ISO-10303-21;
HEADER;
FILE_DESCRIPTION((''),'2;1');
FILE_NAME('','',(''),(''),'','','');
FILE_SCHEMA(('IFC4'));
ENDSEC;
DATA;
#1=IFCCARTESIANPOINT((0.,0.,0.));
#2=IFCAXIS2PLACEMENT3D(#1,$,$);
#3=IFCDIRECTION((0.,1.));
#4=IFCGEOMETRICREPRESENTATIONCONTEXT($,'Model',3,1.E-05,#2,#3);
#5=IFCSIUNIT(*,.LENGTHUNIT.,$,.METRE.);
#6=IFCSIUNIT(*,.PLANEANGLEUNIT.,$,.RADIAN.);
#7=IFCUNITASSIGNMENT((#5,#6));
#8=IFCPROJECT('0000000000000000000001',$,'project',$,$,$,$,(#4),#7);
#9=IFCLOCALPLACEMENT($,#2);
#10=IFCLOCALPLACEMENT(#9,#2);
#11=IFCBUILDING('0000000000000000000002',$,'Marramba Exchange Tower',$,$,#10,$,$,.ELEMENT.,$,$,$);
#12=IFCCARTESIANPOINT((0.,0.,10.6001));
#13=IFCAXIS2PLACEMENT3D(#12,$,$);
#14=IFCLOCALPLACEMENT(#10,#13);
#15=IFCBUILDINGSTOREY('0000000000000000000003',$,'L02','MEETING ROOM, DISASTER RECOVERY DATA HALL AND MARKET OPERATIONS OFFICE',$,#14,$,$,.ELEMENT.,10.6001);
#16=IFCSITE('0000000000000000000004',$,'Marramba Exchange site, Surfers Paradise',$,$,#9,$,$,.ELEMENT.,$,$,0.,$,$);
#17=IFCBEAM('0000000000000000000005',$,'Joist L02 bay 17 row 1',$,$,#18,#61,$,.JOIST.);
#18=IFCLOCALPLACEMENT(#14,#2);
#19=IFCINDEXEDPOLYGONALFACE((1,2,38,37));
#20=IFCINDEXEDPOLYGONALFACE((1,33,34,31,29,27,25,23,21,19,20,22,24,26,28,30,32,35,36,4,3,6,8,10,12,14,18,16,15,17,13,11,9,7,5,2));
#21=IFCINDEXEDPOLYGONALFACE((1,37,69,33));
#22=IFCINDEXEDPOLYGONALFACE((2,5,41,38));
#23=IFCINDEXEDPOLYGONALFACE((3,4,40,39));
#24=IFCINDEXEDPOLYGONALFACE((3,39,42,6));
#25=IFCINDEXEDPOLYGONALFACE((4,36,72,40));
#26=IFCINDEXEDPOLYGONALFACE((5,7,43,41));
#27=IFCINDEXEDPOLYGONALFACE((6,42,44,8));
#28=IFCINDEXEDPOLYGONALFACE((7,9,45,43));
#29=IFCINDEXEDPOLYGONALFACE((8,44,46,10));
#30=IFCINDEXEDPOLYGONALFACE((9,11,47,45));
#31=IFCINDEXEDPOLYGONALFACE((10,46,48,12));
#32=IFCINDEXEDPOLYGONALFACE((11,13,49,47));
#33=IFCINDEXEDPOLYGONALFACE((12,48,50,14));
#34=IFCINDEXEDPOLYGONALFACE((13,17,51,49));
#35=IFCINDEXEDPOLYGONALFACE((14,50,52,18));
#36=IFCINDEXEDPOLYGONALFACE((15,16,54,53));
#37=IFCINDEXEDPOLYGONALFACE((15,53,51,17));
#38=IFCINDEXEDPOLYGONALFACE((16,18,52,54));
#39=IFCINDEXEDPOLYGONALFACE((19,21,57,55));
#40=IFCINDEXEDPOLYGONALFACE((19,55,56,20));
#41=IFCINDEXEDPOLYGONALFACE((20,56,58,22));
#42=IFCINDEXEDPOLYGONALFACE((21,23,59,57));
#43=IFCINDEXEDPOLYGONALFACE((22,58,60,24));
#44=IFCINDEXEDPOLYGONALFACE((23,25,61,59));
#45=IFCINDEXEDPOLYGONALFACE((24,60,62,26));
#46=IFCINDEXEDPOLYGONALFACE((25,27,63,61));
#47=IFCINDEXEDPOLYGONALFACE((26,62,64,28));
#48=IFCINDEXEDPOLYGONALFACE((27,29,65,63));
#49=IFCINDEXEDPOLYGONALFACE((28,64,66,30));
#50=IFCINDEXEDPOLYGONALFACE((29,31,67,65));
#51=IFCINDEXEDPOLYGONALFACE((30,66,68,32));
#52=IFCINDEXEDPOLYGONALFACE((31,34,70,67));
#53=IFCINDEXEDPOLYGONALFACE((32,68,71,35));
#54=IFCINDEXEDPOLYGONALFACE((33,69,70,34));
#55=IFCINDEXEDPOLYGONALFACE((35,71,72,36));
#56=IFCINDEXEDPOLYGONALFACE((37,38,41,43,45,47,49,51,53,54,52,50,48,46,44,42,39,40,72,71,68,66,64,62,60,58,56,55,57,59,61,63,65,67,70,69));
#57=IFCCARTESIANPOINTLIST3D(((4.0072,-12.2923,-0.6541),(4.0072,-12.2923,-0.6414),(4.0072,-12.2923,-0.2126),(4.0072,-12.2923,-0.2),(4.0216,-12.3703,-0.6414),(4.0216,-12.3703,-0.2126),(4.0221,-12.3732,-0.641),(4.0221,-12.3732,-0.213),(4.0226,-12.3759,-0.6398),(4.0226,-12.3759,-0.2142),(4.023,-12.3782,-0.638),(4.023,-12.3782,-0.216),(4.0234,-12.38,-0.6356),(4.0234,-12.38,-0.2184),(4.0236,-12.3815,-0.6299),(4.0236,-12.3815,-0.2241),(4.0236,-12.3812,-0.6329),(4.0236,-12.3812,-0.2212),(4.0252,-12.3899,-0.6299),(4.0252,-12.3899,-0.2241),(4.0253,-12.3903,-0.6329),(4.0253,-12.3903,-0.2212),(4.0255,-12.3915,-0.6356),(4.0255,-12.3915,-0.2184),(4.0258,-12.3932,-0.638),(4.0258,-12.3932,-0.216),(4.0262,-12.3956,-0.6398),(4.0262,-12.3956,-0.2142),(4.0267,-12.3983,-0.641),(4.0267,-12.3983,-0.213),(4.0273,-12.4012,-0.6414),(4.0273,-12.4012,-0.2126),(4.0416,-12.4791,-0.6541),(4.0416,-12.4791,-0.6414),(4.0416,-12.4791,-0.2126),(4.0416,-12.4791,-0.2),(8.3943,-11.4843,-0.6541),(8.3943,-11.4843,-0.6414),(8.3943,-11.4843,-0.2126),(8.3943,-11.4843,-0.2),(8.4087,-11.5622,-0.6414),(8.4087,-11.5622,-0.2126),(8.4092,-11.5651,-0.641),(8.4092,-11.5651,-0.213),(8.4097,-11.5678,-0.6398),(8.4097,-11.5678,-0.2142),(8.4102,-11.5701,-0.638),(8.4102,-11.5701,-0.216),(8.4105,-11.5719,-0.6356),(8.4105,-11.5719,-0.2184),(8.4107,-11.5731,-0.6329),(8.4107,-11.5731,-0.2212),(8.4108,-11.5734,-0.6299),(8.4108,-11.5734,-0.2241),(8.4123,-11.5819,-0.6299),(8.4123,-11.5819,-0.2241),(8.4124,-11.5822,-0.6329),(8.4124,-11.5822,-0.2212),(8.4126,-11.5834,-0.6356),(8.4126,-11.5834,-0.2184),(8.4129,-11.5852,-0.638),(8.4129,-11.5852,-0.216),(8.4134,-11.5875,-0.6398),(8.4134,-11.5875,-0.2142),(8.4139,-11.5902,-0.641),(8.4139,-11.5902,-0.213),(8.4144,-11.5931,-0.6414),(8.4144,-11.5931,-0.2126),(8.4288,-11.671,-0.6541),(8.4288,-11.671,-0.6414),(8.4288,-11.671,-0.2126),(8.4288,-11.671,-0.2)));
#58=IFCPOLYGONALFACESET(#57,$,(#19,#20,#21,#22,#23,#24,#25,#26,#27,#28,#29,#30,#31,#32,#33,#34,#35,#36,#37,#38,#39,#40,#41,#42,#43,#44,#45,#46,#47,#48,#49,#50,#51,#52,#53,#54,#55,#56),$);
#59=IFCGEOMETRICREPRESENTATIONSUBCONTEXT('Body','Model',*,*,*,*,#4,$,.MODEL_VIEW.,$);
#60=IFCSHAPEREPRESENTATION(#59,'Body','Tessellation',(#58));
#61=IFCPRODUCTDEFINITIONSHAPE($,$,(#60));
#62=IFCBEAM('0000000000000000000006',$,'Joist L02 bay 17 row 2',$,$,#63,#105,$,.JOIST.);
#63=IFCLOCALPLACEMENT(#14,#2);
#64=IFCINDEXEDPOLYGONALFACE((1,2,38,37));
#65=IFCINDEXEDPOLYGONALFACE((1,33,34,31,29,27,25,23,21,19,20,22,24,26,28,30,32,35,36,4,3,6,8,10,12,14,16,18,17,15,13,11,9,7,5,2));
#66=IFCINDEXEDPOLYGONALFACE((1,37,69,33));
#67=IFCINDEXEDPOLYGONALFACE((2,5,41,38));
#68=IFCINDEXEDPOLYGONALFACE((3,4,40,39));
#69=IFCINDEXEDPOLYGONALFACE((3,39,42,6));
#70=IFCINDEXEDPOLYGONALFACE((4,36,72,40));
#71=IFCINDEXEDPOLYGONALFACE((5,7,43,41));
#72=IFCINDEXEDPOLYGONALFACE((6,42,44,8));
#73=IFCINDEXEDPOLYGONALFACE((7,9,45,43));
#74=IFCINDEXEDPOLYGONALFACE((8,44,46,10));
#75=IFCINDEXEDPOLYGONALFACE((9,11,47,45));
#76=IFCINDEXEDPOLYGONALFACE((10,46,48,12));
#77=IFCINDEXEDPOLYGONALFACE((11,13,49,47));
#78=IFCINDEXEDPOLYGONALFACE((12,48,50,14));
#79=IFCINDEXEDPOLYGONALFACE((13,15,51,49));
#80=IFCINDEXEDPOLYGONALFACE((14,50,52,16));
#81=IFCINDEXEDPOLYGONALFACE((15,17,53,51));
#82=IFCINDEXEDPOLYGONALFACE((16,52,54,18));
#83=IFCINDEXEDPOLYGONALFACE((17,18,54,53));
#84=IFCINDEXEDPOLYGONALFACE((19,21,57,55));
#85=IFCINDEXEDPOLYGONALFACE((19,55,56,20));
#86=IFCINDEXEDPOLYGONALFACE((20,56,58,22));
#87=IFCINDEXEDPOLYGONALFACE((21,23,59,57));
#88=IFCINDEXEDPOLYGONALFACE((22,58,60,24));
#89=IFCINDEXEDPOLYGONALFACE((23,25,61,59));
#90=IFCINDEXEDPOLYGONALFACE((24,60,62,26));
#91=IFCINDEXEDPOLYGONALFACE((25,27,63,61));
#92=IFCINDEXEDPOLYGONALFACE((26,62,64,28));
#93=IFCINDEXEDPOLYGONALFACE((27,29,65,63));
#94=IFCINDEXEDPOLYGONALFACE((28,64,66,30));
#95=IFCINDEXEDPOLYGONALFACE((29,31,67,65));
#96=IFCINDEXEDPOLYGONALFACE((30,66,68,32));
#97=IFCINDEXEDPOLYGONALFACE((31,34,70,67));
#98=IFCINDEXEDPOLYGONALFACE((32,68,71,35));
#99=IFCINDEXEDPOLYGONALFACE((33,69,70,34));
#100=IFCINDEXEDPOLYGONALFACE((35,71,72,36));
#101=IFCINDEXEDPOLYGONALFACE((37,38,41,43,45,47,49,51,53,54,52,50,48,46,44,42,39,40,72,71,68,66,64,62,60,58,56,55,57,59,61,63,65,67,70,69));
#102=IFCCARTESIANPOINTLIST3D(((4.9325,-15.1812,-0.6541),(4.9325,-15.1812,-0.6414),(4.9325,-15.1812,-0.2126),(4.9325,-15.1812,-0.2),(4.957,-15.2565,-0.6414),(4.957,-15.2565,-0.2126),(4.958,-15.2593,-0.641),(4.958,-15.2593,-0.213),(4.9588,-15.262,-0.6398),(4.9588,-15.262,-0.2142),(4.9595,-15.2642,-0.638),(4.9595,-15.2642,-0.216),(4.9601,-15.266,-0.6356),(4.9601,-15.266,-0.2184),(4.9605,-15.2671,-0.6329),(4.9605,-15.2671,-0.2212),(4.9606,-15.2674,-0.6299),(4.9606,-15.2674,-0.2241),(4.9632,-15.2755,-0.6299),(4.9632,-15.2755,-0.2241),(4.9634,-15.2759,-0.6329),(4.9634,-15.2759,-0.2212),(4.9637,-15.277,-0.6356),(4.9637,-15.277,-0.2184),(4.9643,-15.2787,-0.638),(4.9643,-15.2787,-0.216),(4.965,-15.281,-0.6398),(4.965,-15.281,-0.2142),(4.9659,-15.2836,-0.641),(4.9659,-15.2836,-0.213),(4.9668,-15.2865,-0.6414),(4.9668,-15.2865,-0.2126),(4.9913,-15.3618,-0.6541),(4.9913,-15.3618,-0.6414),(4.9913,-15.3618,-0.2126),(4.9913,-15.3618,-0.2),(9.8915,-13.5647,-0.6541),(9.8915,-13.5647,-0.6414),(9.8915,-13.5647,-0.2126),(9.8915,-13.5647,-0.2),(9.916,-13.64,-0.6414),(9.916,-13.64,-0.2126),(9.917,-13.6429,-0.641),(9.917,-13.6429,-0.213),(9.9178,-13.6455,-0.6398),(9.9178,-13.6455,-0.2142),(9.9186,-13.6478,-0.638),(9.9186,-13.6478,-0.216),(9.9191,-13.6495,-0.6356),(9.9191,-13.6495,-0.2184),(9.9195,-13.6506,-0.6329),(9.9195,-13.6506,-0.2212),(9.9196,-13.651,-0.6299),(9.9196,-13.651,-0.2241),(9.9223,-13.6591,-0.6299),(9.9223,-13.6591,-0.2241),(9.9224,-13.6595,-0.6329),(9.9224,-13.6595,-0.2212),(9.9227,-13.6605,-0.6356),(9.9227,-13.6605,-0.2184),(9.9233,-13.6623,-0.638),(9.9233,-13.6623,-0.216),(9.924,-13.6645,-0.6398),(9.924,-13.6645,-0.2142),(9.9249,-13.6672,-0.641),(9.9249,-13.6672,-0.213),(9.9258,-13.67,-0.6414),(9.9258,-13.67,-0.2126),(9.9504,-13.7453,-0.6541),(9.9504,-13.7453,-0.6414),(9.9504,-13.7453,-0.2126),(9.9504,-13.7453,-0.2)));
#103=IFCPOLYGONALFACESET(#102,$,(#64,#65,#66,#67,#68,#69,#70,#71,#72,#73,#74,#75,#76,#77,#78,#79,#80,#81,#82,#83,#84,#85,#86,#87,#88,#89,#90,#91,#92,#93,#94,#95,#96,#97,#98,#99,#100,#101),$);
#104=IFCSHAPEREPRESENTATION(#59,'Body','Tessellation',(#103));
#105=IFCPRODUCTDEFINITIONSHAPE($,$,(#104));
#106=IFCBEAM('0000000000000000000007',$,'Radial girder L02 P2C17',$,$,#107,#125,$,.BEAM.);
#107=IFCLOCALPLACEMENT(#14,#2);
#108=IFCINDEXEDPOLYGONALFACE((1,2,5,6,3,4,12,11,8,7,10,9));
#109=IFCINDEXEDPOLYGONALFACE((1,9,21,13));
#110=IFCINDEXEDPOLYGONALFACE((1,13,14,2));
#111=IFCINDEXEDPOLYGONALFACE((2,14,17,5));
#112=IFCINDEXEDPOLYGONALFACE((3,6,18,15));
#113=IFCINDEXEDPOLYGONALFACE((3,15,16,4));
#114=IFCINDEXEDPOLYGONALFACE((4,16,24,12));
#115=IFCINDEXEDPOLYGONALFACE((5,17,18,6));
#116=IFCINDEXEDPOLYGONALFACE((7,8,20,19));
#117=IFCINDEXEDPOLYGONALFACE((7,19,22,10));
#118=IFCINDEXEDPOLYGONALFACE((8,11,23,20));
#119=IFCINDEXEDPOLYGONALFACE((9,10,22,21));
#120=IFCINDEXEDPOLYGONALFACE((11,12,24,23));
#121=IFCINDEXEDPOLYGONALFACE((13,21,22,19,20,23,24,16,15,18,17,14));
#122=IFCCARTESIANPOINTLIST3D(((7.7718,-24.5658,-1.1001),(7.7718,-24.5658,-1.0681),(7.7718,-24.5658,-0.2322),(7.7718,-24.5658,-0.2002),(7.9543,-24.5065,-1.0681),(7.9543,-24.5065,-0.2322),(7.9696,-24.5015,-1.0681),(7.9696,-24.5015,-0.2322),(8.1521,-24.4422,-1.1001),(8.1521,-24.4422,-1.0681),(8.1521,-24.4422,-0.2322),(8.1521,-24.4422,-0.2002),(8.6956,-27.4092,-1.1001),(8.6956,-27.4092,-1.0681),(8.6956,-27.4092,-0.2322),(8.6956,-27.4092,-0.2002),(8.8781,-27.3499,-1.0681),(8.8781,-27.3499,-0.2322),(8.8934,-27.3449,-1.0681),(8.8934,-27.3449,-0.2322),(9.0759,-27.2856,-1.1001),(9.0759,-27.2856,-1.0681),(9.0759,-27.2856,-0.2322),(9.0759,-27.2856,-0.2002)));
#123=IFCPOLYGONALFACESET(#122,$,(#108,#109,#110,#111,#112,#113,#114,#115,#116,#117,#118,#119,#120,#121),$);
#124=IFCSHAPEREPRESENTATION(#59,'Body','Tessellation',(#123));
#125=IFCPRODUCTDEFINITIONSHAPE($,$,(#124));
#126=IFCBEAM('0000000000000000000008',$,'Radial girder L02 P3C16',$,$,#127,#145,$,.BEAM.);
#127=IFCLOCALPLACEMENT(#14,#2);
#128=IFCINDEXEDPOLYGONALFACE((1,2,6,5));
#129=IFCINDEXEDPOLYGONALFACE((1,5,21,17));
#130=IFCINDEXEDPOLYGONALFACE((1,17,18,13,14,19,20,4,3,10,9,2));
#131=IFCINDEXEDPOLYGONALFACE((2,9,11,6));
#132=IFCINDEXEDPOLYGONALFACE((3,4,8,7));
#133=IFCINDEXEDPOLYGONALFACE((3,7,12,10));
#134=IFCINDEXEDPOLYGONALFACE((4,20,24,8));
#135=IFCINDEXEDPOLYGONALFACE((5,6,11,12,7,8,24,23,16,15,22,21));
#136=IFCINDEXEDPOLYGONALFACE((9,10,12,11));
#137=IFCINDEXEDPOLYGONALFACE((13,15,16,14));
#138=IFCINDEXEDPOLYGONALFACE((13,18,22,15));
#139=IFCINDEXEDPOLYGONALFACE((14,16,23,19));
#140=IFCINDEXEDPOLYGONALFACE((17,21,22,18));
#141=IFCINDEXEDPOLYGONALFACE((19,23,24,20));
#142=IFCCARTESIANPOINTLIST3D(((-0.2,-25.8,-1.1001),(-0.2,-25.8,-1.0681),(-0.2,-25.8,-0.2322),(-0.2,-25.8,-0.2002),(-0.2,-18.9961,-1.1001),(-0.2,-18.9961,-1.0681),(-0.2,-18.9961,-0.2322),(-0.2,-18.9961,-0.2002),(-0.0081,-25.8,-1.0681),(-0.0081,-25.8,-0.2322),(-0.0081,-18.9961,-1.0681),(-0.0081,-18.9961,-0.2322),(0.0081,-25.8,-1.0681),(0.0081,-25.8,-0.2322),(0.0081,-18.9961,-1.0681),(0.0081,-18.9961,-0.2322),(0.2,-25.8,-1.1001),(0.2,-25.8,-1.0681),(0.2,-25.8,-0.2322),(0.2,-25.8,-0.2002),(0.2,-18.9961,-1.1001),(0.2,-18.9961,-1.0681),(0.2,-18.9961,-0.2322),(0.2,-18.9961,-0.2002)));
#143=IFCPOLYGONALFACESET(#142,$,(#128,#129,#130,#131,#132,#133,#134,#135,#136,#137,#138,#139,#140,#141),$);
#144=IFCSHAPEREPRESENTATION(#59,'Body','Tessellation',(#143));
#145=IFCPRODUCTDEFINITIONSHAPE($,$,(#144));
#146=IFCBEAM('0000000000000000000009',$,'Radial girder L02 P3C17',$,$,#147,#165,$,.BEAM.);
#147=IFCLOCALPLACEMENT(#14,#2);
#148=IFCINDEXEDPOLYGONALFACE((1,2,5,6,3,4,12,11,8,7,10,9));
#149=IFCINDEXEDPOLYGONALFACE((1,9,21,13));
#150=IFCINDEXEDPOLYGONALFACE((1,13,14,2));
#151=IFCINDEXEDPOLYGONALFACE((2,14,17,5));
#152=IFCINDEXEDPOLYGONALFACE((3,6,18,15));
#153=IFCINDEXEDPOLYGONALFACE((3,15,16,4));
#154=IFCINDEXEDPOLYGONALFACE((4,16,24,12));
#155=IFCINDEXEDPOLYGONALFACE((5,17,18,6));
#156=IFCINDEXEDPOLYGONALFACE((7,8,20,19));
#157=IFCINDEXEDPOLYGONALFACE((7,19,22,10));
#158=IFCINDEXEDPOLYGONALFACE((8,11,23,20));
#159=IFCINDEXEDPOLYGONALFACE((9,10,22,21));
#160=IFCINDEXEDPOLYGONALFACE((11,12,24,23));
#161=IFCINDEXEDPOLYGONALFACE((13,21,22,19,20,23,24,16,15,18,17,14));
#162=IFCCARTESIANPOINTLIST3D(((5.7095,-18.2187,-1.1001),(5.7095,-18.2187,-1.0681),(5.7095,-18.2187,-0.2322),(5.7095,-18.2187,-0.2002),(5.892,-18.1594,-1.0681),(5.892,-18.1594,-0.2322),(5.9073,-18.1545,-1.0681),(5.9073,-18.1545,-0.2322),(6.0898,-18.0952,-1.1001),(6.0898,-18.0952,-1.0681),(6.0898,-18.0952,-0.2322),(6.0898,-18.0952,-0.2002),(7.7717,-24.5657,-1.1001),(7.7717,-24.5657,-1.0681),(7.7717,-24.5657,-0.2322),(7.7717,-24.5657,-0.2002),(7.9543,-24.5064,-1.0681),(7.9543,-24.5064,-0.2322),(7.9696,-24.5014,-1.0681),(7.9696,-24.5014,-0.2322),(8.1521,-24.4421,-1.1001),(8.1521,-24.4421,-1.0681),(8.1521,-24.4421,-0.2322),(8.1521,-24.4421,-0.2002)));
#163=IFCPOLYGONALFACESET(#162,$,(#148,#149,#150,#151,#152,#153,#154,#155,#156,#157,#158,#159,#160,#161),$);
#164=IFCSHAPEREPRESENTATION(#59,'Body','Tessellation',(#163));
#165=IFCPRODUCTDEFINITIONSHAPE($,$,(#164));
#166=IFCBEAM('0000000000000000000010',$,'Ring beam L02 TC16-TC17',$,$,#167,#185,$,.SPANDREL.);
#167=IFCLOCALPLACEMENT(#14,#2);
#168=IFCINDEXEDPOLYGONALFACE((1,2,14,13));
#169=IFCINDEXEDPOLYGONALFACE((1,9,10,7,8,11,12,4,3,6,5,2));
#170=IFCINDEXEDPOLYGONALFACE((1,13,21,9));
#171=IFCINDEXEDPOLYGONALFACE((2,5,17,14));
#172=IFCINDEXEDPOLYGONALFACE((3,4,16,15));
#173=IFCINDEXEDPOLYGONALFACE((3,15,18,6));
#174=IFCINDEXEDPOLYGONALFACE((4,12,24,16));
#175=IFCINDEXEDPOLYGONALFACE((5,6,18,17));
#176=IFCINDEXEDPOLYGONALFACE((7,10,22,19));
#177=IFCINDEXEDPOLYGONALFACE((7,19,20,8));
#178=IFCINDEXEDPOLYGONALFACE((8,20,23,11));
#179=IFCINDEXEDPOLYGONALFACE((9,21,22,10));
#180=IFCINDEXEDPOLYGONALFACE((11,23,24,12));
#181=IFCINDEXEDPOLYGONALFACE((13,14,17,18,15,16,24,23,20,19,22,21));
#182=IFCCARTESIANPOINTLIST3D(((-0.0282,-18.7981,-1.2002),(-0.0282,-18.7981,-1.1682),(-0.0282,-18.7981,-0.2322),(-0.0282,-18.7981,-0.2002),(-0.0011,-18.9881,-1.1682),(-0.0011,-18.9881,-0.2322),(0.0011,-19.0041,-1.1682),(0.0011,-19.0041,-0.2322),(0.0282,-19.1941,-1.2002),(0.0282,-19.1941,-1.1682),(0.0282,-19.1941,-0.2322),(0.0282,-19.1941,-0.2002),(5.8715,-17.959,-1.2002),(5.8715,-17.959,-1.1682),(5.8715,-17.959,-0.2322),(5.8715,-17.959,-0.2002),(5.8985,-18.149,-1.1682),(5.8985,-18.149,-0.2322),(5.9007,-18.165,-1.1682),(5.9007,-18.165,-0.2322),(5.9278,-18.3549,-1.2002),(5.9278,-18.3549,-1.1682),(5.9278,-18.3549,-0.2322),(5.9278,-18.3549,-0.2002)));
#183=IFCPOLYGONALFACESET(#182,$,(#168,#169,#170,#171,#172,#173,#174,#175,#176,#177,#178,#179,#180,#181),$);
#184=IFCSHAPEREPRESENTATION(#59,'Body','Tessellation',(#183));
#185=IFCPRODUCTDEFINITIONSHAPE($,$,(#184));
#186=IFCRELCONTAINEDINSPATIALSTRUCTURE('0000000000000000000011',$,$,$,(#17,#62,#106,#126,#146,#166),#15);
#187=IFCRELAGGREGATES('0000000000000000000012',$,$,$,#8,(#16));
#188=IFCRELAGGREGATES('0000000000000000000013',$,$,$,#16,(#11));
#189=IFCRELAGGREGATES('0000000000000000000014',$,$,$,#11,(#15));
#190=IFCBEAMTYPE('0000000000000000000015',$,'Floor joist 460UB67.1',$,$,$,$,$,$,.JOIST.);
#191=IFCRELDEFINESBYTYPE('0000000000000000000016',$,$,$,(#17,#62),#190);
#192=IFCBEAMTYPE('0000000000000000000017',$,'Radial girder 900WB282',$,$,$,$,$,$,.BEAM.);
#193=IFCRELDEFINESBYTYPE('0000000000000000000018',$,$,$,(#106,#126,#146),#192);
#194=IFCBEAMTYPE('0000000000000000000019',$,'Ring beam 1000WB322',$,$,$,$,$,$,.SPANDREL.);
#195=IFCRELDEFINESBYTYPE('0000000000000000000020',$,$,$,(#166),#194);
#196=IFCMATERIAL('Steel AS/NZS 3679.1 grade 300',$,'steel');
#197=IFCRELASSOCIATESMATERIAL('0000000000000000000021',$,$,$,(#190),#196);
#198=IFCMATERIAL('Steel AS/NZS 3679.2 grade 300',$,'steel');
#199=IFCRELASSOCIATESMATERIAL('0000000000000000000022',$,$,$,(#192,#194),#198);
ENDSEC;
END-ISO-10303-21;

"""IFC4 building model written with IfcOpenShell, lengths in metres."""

from ifc_helpers import new_model, si_unit, direction, frame, origin, origin_2d, place, context, subcontext, project, spatial, i_section, extrude, material, material_profile, profile_set, type_object, element, save


model = new_model("IFC4")

# Units and contexts
model_context = context("Model", 3, precision=1e-05, world=origin(), true_north=direction((0.0, 1.0)))
body_context = subcontext(model_context, "Body", "Model", "MODEL_VIEW")
ifc_project = project(units=[si_unit("LENGTHUNIT", "METRE"), si_unit("PLANEANGLEUNIT", "RADIAN")], contexts=[model_context])

# Site, building, storey
site_placement = place(None, origin())
site = spatial("IfcSite", under=ifc_project, at=site_placement, Name="Marramba Exchange site, Surfers Paradise", CompositionType="ELEMENT", RefElevation=0.0)
building_placement = place(site_placement, origin())
building = spatial("IfcBuilding", under=site, at=building_placement, Name="Marramba Exchange Tower", CompositionType="ELEMENT")
storey_placement = place(building_placement, frame((0.0, 0.0, 10.6001)))
storey = spatial("IfcBuildingStorey", under=building, at=storey_placement, Name="L02", Description="MEETING ROOM, DISASTER RECOVERY DATA HALL AND MARKET OPERATIONS OFFICE", CompositionType="ELEMENT", Elevation=10.6001)

# Beams
ifc_material_1 = material(Name="Steel AS/NZS 3679.1 grade 300", Category="steel")
ifc_material_profile_1 = material_profile(ifc_material_1, i_section(OverallWidth=0.1899, OverallDepth=0.4541, WebThickness=0.0085, FlangeThickness=0.0127, FilletRadius=0.0115, at=origin_2d()), Name="460UB67.1")
ifc_profile_set_1 = profile_set([ifc_material_profile_1], Name="Steel AS/NZS 3679.1 grade 300")
beam_type_1 = type_object("IfcBeamType", Name="Floor joist 460UB67.1", PredefinedType="JOIST", material=ifc_profile_set_1)
beam_1_placement = place(storey_placement, frame((4.0244, -12.3857, -0.427), z_axis=(0.983456, 0.181149, 0.0), x_axis=(-0.181149, 0.983456, 0.0)))
element("IfcBeam", 1, at=beam_1_placement, inside=storey, type_object=beam_type_1, Name="Joist L02 bay 17 row 1", PredefinedType="JOIST", context=body_context, shape_type="SweptSolid", body=[
    extrude(i_section(OverallWidth=0.1899, OverallDepth=0.4541, WebThickness=0.0085, FlangeThickness=0.0127, FilletRadius=0.0115, at=origin_2d()), origin(), (0.0, 0.0, 1.0), 4.4609),
])
beam_2_placement = place(storey_placement, frame((4.9619, -15.2715, -0.427), z_axis=(0.950764, 0.309916, 0.0), x_axis=(-0.309916, 0.950764, 0.0)))
element("IfcBeam", 2, at=beam_2_placement, inside=storey, type_object=beam_type_1, Name="Joist L02 bay 17 row 2", PredefinedType="JOIST", context=body_context, shape_type="SweptSolid", body=[
    extrude(i_section(OverallWidth=0.1899, OverallDepth=0.4541, WebThickness=0.0085, FlangeThickness=0.0127, FilletRadius=0.0115, at=origin_2d()), origin(), (0.0, 0.0, 1.0), 5.2158),
])
ifc_material_2 = material(Name="Steel AS/NZS 3679.2 grade 300", Category="steel")
ifc_material_profile_2 = material_profile(ifc_material_2, i_section(OverallWidth=0.3999, OverallDepth=0.8999, WebThickness=0.0161, FlangeThickness=0.032, at=origin_2d()), Name="900WB282")
ifc_profile_set_2 = profile_set([ifc_material_profile_2], Name="Steel AS/NZS 3679.2 grade 300")
beam_type_2 = type_object("IfcBeamType", Name="Radial girder 900WB282", PredefinedType="BEAM", material=ifc_profile_set_2)
beam_3_placement = place(storey_placement, frame((8.8857, -27.3474, -0.6501), z_axis=(-0.308992, 0.951065, 0.0), x_axis=(-0.951065, -0.308992, 0.0)))
element("IfcBeam", 3, at=beam_3_placement, inside=storey, type_object=beam_type_2, Name="Radial girder L02 P2C17", PredefinedType="BEAM", context=body_context, shape_type="SweptSolid", body=[
    extrude(i_section(OverallWidth=0.3999, OverallDepth=0.8999, WebThickness=0.0161, FlangeThickness=0.032, at=origin_2d()), origin(), (0.0, 0.0, 1.0), 2.9897),
])
beam_4_placement = place(storey_placement, frame((0.0, -25.8, -0.6501), z_axis=(0.0, 1.0, 0.0), x_axis=(-1.0, 0.0, 0.0)))
element("IfcBeam", 4, at=beam_4_placement, inside=storey, type_object=beam_type_2, Name="Radial girder L02 P3C16", PredefinedType="BEAM", context=body_context, shape_type="SweptSolid", body=[
    extrude(i_section(OverallWidth=0.3999, OverallDepth=0.8999, WebThickness=0.0161, FlangeThickness=0.032, at=origin_2d()), origin(), (0.0, 0.0, 1.0), 6.804),
])
beam_5_placement = place(storey_placement, frame((7.9619, -24.5039, -0.6501), z_axis=(-0.309019, 0.951056, 0.0), x_axis=(-0.951056, -0.309019, 0.0)))
element("IfcBeam", 5, at=beam_5_placement, inside=storey, type_object=beam_type_2, Name="Radial girder L02 P3C17", PredefinedType="BEAM", context=body_context, shape_type="SweptSolid", body=[
    extrude(i_section(OverallWidth=0.3999, OverallDepth=0.8999, WebThickness=0.0161, FlangeThickness=0.032, at=origin_2d()), origin(), (0.0, 0.0, 1.0), 6.6736),
])
ifc_material_profile_3 = material_profile(ifc_material_2, i_section(OverallWidth=0.3999, OverallDepth=1.0, WebThickness=0.0161, FlangeThickness=0.032, at=origin_2d()), Name="1000WB322")
ifc_profile_set_3 = profile_set([ifc_material_profile_3], Name="Steel AS/NZS 3679.2 grade 300")
beam_type_3 = type_object("IfcBeamType", Name="Ring beam 1000WB322", PredefinedType="SPANDREL", material=ifc_profile_set_3)
beam_6_placement = place(storey_placement, frame((0.0, -18.9961, -0.7002), z_axis=(0.990036, 0.140813, 0.0), x_axis=(-0.140813, 0.990036, 0.0)))
element("IfcBeam", 6, at=beam_6_placement, inside=storey, type_object=beam_type_3, Name="Ring beam L02 TC16-TC17", PredefinedType="SPANDREL", context=body_context, shape_type="SweptSolid", body=[
    extrude(i_section(OverallWidth=0.3999, OverallDepth=1.0, WebThickness=0.0161, FlangeThickness=0.032, at=origin_2d()), origin(), (0.0, 0.0, 1.0), 5.959),
])

save(model, "model.ifc")
